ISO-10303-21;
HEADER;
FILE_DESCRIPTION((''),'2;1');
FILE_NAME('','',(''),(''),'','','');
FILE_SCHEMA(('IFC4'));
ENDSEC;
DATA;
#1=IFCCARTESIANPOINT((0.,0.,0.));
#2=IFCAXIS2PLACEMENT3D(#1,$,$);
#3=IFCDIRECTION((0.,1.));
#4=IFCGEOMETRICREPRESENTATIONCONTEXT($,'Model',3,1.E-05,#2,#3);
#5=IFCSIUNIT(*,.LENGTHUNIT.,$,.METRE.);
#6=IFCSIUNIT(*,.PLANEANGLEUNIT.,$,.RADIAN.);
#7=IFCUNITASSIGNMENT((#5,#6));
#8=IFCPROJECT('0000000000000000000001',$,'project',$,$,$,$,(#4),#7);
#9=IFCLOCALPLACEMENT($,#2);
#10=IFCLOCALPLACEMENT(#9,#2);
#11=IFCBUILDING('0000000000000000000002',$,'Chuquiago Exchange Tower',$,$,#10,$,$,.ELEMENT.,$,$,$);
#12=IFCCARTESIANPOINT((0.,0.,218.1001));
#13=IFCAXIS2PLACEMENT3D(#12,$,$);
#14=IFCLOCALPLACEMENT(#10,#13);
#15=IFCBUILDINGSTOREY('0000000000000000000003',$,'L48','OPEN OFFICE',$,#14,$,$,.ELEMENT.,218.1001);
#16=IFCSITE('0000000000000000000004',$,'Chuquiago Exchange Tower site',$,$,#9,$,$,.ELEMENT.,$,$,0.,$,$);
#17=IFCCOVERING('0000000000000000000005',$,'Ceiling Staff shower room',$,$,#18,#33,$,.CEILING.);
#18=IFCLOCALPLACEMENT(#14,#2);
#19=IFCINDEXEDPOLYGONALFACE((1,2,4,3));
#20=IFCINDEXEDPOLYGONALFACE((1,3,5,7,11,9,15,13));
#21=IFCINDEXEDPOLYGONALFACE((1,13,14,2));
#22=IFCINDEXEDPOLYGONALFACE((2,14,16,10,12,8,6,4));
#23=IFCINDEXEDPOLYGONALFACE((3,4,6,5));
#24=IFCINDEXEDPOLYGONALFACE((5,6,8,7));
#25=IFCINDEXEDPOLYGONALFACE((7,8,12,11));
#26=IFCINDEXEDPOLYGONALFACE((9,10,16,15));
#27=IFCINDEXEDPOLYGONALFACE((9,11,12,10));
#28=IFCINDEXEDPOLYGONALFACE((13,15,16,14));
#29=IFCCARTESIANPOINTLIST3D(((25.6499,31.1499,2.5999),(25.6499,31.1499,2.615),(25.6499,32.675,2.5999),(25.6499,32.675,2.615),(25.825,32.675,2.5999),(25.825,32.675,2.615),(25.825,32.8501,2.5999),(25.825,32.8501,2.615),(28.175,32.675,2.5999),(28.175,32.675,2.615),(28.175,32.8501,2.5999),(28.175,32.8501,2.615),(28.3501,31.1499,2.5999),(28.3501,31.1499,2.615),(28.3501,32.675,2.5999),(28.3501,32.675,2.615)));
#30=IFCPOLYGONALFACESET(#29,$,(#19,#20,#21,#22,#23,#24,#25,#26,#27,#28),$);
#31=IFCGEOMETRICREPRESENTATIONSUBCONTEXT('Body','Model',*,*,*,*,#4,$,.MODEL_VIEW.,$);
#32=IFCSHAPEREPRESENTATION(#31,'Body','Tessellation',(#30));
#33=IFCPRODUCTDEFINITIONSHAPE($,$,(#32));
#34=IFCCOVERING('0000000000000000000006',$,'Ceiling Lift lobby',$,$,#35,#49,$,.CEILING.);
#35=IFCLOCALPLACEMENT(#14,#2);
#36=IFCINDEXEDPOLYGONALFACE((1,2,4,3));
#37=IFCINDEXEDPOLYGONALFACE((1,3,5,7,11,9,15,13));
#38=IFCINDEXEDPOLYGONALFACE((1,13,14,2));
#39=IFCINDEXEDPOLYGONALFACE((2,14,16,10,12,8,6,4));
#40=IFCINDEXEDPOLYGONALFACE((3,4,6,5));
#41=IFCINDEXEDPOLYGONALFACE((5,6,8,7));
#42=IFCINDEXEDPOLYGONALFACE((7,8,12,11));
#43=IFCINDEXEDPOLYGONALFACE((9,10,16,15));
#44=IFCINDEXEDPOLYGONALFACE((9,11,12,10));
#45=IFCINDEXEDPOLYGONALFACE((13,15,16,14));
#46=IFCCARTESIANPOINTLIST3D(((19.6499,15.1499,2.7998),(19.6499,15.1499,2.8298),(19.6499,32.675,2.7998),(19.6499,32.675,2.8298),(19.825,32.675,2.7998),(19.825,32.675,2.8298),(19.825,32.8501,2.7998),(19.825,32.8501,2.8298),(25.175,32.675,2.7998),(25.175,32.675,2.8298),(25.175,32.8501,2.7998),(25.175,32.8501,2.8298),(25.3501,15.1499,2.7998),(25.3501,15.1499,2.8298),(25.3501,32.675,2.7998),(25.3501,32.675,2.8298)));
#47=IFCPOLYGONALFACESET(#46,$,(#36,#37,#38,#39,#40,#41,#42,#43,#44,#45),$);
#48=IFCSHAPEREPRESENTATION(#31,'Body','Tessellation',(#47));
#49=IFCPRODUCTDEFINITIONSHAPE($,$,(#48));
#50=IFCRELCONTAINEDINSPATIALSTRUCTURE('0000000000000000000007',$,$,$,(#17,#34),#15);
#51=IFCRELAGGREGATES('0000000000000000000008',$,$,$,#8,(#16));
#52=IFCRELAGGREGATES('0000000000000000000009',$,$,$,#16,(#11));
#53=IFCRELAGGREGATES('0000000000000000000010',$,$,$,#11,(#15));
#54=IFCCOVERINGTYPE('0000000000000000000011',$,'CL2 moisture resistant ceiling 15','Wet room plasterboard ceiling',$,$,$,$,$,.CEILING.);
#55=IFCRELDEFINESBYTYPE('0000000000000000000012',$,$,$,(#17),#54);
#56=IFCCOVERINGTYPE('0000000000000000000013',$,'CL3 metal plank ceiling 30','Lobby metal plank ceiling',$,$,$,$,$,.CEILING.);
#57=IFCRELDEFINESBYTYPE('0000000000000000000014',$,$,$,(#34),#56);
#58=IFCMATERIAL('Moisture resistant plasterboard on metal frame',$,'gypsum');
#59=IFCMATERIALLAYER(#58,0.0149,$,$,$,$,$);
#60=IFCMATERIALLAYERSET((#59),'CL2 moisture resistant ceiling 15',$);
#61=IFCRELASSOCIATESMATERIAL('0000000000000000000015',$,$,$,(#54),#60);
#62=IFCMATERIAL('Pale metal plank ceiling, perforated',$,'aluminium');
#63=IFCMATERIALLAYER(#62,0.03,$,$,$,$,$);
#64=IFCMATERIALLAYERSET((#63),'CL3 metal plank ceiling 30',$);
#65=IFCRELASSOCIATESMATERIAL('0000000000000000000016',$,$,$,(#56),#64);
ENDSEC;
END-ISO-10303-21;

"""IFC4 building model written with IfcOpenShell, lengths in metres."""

from ifc_helpers import new_model, si_unit, direction, frame, origin, place, context, subcontext, project, spatial, polyline, outline, extrude, material, layer, layer_set, type_object, element, save


model = new_model("IFC4")

# Units and contexts
model_context = context("Model", 3, precision=1e-05, world=origin(), true_north=direction((0.0, 1.0)))
body_context = subcontext(model_context, "Body", "Model", "MODEL_VIEW")
ifc_project = project(units=[si_unit("LENGTHUNIT", "METRE"), si_unit("PLANEANGLEUNIT", "RADIAN")], contexts=[model_context])

# Site, building, storey
site_placement = place(None, origin())
site = spatial("IfcSite", under=ifc_project, at=site_placement, Name="Chuquiago Exchange Tower site", CompositionType="ELEMENT", RefElevation=0.0)
building_placement = place(site_placement, origin())
building = spatial("IfcBuilding", under=site, at=building_placement, Name="Chuquiago Exchange Tower", CompositionType="ELEMENT")
storey_placement = place(building_placement, frame((0.0, 0.0, 218.1001)))
storey = spatial("IfcBuildingStorey", under=building, at=storey_placement, Name="L48", Description="OPEN OFFICE", CompositionType="ELEMENT", Elevation=218.1001)

# Coverings
ifc_material_1 = material(Name="Moisture resistant plasterboard on metal frame", Category="gypsum")
ifc_layer_1 = layer(ifc_material_1, 0.0149)
ifc_layer_set_1 = layer_set([ifc_layer_1], Name="CL2 moisture resistant ceiling 15")
covering_type_1 = type_object("IfcCoveringType", Name="CL2 moisture resistant ceiling 15", Description="Wet room plasterboard ceiling", PredefinedType="CEILING", material=ifc_layer_set_1)
covering_1_placement = place(storey_placement, frame((0.0, 0.0, 2.5999)))
element("IfcCovering", 1, at=covering_1_placement, inside=storey, type_object=covering_type_1, Name="Ceiling Staff shower room", PredefinedType="CEILING", context=body_context, shape_type="SweptSolid", body=[
    extrude(outline(polyline([(25.6499, 31.1499), (25.6499, 32.675), (25.825, 32.675), (25.825, 32.8501), (28.175, 32.8501), (28.175, 32.675), (28.3501, 32.675), (28.3501, 31.1499), (25.6499, 31.1499)])), origin(), (0.0, 0.0, 1.0), 0.0151),
])
ifc_material_2 = material(Name="Pale metal plank ceiling, perforated", Category="aluminium")
ifc_layer_2 = layer(ifc_material_2, 0.03)
ifc_layer_set_2 = layer_set([ifc_layer_2], Name="CL3 metal plank ceiling 30")
covering_type_2 = type_object("IfcCoveringType", Name="CL3 metal plank ceiling 30", Description="Lobby metal plank ceiling", PredefinedType="CEILING", material=ifc_layer_set_2)
covering_2_placement = place(storey_placement, frame((0.0, 0.0, 2.7998)))
element("IfcCovering", 2, at=covering_2_placement, inside=storey, type_object=covering_type_2, Name="Ceiling Lift lobby", PredefinedType="CEILING", context=body_context, shape_type="SweptSolid", body=[
    extrude(outline(polyline([(19.6499, 15.1499), (19.6499, 32.675), (19.825, 32.675), (19.825, 32.8501), (25.175, 32.8501), (25.175, 32.675), (25.3501, 32.675), (25.3501, 15.1499), (19.6499, 15.1499)])), origin(), (0.0, 0.0, 1.0), 0.03),
])

save(model, "model.ifc")
